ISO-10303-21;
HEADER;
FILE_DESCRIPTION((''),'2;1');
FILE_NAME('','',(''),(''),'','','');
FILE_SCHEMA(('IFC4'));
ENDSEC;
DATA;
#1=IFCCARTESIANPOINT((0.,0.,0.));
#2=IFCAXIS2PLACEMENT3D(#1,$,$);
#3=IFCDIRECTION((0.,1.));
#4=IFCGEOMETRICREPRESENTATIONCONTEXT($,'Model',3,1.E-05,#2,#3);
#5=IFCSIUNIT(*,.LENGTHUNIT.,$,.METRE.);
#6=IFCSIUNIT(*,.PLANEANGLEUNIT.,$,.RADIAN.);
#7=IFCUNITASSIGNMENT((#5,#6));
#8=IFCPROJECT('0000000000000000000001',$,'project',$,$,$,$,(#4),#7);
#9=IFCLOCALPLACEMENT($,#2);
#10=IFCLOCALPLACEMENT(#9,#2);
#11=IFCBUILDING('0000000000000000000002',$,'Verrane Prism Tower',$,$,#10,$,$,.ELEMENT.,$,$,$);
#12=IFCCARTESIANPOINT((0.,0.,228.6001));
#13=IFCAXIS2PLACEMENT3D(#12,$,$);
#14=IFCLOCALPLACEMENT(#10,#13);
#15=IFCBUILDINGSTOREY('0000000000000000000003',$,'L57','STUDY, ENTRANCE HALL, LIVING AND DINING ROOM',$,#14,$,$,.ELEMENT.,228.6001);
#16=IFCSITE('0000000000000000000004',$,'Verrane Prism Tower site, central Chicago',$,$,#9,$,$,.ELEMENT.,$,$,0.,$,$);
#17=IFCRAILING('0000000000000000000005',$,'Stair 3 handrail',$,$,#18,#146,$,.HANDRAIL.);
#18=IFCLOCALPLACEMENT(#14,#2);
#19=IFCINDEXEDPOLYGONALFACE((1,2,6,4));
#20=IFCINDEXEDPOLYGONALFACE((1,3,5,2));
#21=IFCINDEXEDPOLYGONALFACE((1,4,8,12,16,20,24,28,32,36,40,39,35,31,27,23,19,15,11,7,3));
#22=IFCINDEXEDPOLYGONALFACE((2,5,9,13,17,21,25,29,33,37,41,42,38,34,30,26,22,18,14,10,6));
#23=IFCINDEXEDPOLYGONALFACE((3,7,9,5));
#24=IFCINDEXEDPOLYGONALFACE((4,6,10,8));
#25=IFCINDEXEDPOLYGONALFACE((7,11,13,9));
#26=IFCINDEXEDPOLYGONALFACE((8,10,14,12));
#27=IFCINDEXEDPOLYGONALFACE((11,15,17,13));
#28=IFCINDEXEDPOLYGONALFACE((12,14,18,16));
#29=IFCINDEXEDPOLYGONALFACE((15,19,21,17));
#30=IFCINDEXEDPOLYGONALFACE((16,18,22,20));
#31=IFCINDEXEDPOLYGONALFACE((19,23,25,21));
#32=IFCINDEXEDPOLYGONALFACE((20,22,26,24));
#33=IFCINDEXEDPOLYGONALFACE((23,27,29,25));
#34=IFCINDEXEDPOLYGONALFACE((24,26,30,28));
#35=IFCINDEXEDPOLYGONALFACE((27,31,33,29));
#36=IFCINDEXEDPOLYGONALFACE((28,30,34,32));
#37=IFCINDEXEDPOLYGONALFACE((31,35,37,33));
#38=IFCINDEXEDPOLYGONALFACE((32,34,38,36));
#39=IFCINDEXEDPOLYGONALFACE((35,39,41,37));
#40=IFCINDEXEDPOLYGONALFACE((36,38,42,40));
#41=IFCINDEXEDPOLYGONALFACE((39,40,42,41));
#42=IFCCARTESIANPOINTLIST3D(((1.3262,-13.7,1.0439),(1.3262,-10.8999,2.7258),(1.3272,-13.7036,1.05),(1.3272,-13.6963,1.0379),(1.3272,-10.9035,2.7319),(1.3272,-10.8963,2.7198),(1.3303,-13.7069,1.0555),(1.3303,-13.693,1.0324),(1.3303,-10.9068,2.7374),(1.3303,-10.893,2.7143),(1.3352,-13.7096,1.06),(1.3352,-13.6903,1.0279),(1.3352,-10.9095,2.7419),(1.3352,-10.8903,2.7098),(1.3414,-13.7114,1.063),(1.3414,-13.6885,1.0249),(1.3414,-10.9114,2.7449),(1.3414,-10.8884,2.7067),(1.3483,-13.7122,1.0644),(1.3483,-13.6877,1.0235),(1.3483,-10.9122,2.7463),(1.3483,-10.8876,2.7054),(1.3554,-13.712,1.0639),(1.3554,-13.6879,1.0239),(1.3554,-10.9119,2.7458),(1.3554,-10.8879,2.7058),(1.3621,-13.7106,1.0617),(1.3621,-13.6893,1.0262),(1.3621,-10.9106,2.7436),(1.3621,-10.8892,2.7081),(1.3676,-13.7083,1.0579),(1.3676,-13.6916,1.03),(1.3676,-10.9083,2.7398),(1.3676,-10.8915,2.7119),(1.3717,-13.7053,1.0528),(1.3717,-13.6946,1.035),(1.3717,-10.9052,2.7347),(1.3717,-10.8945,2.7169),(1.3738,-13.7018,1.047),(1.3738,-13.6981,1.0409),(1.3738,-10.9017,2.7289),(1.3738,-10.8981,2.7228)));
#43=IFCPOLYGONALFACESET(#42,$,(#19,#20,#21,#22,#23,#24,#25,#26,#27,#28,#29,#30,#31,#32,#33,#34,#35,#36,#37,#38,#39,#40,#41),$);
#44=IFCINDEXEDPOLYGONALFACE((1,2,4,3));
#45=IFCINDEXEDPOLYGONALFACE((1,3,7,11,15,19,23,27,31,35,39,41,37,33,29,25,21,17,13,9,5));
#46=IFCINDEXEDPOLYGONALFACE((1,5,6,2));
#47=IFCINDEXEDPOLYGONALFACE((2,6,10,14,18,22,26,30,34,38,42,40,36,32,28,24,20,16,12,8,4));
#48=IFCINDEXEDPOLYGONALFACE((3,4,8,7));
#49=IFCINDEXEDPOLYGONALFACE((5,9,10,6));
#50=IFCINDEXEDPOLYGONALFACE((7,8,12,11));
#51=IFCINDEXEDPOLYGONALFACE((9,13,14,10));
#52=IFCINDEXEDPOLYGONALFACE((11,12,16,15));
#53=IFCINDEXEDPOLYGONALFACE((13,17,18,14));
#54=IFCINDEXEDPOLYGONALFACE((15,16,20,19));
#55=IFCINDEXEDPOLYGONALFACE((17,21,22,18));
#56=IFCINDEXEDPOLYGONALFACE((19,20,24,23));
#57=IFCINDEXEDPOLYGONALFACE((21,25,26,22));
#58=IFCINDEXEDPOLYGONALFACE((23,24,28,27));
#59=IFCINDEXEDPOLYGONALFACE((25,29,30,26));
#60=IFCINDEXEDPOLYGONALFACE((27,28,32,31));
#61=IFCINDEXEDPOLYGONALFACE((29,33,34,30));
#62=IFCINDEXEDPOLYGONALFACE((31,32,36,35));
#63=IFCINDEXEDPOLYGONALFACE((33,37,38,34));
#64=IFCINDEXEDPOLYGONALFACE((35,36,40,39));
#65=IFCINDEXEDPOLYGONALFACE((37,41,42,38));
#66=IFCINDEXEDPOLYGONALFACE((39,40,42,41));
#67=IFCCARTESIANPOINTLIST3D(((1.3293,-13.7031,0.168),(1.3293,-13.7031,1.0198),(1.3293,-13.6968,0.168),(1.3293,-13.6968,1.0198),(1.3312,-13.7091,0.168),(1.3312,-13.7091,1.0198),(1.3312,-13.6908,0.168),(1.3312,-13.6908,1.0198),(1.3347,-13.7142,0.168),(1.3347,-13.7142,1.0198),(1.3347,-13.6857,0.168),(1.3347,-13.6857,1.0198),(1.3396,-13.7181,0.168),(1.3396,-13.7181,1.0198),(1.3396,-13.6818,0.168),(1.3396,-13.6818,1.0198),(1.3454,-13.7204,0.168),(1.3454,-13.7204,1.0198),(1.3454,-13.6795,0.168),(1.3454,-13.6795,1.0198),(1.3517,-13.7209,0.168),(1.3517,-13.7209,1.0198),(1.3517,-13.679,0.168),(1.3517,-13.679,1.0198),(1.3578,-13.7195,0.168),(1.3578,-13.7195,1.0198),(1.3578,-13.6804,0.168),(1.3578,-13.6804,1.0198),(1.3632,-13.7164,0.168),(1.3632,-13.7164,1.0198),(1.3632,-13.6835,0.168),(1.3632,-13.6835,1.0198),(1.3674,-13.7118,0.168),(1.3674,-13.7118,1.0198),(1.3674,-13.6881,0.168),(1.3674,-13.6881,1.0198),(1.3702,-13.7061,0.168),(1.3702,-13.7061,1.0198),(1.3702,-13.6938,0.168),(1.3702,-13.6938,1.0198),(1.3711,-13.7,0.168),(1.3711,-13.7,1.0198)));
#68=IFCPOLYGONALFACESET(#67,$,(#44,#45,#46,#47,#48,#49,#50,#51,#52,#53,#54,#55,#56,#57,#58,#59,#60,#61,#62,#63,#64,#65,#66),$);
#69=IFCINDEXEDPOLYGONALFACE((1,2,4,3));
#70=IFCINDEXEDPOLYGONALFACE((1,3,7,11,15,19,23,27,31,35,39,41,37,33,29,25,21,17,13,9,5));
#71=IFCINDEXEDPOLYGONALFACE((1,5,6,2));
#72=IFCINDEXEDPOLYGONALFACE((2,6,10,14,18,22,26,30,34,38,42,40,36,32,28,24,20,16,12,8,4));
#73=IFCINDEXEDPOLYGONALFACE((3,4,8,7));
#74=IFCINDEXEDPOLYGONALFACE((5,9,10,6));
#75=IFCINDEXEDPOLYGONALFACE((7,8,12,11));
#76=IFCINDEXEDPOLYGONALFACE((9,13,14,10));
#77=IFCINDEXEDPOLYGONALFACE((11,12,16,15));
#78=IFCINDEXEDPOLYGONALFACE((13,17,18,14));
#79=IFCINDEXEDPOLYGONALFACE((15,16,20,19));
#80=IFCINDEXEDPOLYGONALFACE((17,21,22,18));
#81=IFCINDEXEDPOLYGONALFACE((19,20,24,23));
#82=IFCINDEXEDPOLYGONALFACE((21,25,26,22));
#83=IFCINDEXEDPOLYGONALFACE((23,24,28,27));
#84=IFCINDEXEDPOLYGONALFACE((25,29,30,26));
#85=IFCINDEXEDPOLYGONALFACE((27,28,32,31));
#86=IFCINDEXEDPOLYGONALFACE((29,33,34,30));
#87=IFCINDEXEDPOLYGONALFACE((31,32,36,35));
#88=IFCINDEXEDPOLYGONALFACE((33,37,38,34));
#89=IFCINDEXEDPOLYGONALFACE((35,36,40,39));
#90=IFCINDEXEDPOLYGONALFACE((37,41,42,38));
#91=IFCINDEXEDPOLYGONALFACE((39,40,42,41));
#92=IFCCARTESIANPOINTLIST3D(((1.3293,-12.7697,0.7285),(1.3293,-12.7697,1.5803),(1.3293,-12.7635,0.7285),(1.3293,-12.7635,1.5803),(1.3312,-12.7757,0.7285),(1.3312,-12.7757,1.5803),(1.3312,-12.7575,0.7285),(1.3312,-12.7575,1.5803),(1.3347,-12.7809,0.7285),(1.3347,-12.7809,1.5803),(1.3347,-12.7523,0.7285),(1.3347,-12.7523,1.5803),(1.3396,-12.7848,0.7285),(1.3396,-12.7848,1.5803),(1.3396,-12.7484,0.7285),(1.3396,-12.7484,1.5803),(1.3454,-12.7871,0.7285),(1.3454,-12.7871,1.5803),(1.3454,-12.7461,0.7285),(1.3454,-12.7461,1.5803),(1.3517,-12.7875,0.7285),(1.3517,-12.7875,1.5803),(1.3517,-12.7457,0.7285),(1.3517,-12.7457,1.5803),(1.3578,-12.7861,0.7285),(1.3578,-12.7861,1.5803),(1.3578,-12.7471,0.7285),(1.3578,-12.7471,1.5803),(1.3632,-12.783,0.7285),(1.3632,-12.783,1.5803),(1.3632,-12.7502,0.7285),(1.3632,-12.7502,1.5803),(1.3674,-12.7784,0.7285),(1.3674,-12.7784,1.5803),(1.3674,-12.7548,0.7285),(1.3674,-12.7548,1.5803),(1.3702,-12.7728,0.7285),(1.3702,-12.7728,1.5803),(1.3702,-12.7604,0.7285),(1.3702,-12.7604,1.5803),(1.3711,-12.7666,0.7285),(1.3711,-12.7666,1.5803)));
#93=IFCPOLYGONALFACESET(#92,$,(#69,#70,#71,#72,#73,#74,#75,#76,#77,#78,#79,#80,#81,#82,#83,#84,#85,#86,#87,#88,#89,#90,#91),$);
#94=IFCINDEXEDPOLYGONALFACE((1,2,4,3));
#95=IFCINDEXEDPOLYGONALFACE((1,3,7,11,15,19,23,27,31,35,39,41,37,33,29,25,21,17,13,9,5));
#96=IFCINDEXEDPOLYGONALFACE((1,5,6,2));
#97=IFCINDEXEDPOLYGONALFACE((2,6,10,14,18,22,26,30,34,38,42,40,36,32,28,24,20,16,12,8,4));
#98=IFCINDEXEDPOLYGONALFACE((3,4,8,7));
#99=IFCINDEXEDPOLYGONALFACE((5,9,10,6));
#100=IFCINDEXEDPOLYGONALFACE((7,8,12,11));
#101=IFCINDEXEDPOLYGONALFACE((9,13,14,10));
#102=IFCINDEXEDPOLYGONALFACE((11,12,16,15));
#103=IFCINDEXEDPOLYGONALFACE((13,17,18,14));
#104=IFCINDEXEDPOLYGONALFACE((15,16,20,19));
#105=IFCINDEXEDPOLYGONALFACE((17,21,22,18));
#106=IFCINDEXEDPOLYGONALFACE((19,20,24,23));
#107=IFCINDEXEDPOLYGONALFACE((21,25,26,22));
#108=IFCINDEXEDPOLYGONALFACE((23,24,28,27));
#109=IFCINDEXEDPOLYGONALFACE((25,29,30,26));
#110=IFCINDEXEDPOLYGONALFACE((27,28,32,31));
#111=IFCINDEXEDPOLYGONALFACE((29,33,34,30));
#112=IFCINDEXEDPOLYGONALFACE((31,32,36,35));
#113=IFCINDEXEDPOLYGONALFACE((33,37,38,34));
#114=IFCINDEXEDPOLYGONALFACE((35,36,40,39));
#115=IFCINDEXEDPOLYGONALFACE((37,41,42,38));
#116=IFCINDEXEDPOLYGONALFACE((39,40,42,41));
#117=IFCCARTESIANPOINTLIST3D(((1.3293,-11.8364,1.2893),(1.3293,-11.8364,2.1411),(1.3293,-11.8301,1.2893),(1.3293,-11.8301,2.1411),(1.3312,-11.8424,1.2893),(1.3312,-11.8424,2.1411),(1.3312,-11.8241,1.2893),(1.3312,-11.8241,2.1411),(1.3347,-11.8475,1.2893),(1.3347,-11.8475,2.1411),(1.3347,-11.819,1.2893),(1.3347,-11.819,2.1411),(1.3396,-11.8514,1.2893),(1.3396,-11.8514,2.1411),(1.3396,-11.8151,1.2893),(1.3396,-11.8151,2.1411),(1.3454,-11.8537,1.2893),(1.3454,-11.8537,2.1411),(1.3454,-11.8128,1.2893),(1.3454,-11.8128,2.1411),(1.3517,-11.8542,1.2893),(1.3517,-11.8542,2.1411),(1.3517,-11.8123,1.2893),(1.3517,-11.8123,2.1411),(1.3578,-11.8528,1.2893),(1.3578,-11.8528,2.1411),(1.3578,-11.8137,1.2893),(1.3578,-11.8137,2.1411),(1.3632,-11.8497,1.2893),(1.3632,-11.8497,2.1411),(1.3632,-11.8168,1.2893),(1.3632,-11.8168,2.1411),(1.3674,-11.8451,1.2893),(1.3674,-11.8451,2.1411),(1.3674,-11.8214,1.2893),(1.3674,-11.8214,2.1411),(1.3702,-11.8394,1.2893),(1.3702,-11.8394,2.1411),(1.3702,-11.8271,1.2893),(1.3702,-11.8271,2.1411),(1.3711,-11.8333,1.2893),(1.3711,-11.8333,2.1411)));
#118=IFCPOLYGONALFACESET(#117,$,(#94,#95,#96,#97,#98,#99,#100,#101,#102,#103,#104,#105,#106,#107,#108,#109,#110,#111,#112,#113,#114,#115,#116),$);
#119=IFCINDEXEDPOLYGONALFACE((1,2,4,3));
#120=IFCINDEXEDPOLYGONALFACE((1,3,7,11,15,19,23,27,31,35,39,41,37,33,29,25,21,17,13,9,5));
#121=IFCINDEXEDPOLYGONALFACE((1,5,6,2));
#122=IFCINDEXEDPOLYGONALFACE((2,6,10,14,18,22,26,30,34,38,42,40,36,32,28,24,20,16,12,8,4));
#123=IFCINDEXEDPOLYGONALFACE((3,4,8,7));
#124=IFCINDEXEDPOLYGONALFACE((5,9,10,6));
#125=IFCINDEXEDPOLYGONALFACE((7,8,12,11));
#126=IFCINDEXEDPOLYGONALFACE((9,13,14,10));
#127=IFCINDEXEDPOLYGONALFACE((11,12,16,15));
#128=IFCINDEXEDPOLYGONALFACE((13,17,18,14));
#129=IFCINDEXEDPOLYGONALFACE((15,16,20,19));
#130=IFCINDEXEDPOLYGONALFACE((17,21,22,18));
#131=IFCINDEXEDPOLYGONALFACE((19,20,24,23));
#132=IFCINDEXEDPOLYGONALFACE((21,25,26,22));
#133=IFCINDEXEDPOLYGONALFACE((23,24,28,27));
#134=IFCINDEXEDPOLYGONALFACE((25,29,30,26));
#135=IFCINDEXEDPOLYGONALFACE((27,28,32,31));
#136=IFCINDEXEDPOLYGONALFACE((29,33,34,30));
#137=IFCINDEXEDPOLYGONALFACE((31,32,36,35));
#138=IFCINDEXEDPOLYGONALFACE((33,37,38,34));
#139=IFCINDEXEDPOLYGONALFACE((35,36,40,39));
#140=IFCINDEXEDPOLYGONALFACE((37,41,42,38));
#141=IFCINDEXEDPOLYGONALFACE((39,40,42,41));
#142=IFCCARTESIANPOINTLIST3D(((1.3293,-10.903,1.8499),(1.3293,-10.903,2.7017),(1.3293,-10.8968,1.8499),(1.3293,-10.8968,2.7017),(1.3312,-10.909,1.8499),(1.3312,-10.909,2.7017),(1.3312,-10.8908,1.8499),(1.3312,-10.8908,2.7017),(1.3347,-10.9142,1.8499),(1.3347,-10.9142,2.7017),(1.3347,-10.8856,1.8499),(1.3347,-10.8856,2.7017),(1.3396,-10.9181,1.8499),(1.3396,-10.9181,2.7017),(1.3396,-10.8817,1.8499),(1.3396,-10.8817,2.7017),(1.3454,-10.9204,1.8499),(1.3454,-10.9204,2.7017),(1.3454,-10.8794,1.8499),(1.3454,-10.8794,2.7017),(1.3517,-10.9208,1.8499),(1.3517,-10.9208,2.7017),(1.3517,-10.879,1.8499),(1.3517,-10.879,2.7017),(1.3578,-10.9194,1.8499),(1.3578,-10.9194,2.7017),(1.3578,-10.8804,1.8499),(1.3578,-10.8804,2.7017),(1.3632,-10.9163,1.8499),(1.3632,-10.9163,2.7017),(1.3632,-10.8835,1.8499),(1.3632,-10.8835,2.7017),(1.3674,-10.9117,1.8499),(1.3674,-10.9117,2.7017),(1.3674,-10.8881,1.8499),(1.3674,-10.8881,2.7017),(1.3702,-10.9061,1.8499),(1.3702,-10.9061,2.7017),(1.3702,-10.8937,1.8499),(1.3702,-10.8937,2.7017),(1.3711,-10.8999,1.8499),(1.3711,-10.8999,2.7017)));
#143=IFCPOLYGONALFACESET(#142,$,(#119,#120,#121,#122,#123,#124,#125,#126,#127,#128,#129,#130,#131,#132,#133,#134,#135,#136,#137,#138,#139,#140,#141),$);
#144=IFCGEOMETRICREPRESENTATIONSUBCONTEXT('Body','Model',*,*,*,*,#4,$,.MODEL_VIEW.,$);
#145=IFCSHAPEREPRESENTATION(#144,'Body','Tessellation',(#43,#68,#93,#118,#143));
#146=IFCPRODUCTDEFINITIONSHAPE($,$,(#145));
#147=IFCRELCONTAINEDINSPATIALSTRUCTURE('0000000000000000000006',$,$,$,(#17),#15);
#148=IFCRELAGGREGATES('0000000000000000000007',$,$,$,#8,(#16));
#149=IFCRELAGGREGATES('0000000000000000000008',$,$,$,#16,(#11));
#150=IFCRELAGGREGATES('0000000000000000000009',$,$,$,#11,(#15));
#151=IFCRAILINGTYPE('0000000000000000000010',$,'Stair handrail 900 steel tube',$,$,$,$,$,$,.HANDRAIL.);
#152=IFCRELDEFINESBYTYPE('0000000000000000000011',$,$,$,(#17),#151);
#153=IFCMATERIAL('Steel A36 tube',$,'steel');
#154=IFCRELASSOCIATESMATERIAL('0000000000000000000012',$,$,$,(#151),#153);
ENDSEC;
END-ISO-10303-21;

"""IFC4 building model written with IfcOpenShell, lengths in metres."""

from ifc_helpers import new_model, si_unit, direction, frame, origin, origin_2d, place, context, subcontext, project, spatial, circle, extrude, material, type_object, element, save


model = new_model("IFC4")

# Units and contexts
model_context = context("Model", 3, precision=1e-05, world=origin(), true_north=direction((0.0, 1.0)))
body_context = subcontext(model_context, "Body", "Model", "MODEL_VIEW")
ifc_project = project(units=[si_unit("LENGTHUNIT", "METRE"), si_unit("PLANEANGLEUNIT", "RADIAN")], contexts=[model_context])

# Site, building, storey
site_placement = place(None, origin())
site = spatial("IfcSite", under=ifc_project, at=site_placement, Name="Verrane Prism Tower site, central Chicago", CompositionType="ELEMENT", RefElevation=0.0)
building_placement = place(site_placement, origin())
building = spatial("IfcBuilding", under=site, at=building_placement, Name="Verrane Prism Tower", CompositionType="ELEMENT")
storey_placement = place(building_placement, frame((0.0, 0.0, 228.6001)))
storey = spatial("IfcBuildingStorey", under=building, at=storey_placement, Name="L57", Description="STUDY, ENTRANCE HALL, LIVING AND DINING ROOM", CompositionType="ELEMENT", Elevation=228.6001)

# Railing
ifc_material_1 = material(Name="Steel A36 tube", Category="steel")
railing_type_1 = type_object("IfcRailingType", Name="Stair handrail 900 steel tube", PredefinedType="HANDRAIL", material=ifc_material_1)
railing_1_placement = place(storey_placement, frame((1.3501, -13.7, 0.168)))
element("IfcRailing", 1, at=railing_1_placement, inside=storey, type_object=railing_type_1, Name="Stair 3 handrail", PredefinedType="HANDRAIL", context=body_context, shape_type="SweptSolid", body=[
    extrude(circle(Radius=0.0239, at=origin_2d()), frame((0.0, 0.0, 0.876), z_axis=(0.0, 0.857242, 0.514913), x_axis=(-1.0, 0.0, 0.0)), (0.0, 0.0, 1.0), 3.2664),
    extrude(circle(Radius=0.021, at=origin_2d()), origin(), (0.0, 0.0, 1.0), 0.8518),
    extrude(circle(Radius=0.021, at=origin_2d()), frame((0.0, 0.9333, 0.5605)), (0.0, 0.0, 1.0), 0.8518),
    extrude(circle(Radius=0.021, at=origin_2d()), frame((0.0, 1.8667, 1.1213)), (0.0, 0.0, 1.0), 0.8518),
    extrude(circle(Radius=0.021, at=origin_2d()), frame((0.0, 2.8, 1.6819)), (0.0, 0.0, 1.0), 0.8518),
])

save(model, "model.ifc")
